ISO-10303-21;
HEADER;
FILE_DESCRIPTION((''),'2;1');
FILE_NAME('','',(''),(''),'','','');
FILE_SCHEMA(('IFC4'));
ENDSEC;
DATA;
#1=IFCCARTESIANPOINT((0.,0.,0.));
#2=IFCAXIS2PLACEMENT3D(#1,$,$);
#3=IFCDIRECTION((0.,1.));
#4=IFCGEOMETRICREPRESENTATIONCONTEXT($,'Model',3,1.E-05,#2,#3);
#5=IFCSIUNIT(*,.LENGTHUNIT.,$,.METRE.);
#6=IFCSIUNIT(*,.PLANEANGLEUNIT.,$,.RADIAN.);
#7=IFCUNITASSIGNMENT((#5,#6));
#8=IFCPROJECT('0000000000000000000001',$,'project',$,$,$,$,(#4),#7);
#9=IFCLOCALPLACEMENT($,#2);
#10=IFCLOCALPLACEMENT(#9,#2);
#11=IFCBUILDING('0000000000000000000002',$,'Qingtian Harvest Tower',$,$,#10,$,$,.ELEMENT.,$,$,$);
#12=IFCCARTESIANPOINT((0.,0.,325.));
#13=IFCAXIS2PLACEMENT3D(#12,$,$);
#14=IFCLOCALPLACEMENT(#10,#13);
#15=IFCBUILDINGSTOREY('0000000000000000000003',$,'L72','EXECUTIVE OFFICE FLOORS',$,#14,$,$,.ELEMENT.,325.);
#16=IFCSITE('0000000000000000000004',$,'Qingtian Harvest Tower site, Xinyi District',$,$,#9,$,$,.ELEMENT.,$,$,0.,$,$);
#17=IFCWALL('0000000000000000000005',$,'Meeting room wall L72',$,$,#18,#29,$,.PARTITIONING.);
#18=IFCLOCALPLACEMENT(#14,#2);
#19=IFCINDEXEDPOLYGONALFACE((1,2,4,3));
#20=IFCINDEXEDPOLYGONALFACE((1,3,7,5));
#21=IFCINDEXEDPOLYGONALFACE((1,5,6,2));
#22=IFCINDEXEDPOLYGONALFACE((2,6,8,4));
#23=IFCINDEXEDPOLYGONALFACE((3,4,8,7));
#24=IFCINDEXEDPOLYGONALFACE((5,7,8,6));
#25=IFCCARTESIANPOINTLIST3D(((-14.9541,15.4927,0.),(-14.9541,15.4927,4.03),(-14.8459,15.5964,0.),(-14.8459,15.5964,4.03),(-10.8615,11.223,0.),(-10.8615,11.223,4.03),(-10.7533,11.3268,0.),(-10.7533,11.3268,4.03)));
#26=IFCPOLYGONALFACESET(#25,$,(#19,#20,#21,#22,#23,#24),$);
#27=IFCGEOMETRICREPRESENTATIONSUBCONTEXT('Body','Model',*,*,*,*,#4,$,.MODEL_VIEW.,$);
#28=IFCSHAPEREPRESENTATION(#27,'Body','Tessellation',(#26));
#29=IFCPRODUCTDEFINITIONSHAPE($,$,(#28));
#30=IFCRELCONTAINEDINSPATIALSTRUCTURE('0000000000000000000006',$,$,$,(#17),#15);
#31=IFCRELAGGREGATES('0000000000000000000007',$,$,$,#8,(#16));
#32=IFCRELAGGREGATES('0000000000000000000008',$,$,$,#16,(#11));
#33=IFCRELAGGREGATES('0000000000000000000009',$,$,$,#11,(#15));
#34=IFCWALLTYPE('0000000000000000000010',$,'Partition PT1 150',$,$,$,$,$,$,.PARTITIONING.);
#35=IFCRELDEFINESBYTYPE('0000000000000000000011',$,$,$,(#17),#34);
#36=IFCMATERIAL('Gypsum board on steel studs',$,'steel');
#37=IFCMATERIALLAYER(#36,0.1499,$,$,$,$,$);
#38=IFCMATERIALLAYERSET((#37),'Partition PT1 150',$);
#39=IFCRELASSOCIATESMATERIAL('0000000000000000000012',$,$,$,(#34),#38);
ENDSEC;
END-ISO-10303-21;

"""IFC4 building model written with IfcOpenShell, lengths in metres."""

from ifc_helpers import new_model, si_unit, direction, frame, frame_2d, origin, place, context, subcontext, project, spatial, rectangle, extrude, material, layer, layer_set, type_object, element, save


model = new_model("IFC4")

# Units and contexts
model_context = context("Model", 3, precision=1e-05, world=origin(), true_north=direction((0.0, 1.0)))
body_context = subcontext(model_context, "Body", "Model", "MODEL_VIEW")
ifc_project = project(units=[si_unit("LENGTHUNIT", "METRE"), si_unit("PLANEANGLEUNIT", "RADIAN")], contexts=[model_context])

# Site, building, storey
site_placement = place(None, origin())
site = spatial("IfcSite", under=ifc_project, at=site_placement, Name="Qingtian Harvest Tower site, Xinyi District", CompositionType="ELEMENT", RefElevation=0.0)
building_placement = place(site_placement, origin())
building = spatial("IfcBuilding", under=site, at=building_placement, Name="Qingtian Harvest Tower", CompositionType="ELEMENT")
storey_placement = place(building_placement, frame((0.0, 0.0, 325.0)))
storey = spatial("IfcBuildingStorey", under=building, at=storey_placement, Name="L72", Description="EXECUTIVE OFFICE FLOORS", CompositionType="ELEMENT", Elevation=325.0)

# Shared definitions
ifc_material_1 = material(Name="Gypsum board on steel studs", Category="steel")
ifc_layer_1 = layer(ifc_material_1, 0.1499)
ifc_layer_set_1 = layer_set([ifc_layer_1], Name="Partition PT1 150")
wall_type = type_object("IfcWallType", Name="Partition PT1 150", PredefinedType="PARTITIONING", material=ifc_layer_set_1)

# Wall
wall_1_placement = place(storey_placement, frame((-14.8999, 15.5444, 0.0), z_axis=(0.0, 0.0, 1.0), x_axis=(0.691984, -0.721913, 0.0)))
element("IfcWall", 1, at=wall_1_placement, inside=storey, type_object=wall_type, Name="Meeting room wall L72", PredefinedType="PARTITIONING", context=body_context, shape_type="SweptSolid", body=[
    extrude(rectangle(XDim=5.9143, YDim=0.1499, at=frame_2d((2.957, 0.0))), origin(), (0.0, 0.0, 1.0), 4.03),
])

save(model, "model.ifc")
